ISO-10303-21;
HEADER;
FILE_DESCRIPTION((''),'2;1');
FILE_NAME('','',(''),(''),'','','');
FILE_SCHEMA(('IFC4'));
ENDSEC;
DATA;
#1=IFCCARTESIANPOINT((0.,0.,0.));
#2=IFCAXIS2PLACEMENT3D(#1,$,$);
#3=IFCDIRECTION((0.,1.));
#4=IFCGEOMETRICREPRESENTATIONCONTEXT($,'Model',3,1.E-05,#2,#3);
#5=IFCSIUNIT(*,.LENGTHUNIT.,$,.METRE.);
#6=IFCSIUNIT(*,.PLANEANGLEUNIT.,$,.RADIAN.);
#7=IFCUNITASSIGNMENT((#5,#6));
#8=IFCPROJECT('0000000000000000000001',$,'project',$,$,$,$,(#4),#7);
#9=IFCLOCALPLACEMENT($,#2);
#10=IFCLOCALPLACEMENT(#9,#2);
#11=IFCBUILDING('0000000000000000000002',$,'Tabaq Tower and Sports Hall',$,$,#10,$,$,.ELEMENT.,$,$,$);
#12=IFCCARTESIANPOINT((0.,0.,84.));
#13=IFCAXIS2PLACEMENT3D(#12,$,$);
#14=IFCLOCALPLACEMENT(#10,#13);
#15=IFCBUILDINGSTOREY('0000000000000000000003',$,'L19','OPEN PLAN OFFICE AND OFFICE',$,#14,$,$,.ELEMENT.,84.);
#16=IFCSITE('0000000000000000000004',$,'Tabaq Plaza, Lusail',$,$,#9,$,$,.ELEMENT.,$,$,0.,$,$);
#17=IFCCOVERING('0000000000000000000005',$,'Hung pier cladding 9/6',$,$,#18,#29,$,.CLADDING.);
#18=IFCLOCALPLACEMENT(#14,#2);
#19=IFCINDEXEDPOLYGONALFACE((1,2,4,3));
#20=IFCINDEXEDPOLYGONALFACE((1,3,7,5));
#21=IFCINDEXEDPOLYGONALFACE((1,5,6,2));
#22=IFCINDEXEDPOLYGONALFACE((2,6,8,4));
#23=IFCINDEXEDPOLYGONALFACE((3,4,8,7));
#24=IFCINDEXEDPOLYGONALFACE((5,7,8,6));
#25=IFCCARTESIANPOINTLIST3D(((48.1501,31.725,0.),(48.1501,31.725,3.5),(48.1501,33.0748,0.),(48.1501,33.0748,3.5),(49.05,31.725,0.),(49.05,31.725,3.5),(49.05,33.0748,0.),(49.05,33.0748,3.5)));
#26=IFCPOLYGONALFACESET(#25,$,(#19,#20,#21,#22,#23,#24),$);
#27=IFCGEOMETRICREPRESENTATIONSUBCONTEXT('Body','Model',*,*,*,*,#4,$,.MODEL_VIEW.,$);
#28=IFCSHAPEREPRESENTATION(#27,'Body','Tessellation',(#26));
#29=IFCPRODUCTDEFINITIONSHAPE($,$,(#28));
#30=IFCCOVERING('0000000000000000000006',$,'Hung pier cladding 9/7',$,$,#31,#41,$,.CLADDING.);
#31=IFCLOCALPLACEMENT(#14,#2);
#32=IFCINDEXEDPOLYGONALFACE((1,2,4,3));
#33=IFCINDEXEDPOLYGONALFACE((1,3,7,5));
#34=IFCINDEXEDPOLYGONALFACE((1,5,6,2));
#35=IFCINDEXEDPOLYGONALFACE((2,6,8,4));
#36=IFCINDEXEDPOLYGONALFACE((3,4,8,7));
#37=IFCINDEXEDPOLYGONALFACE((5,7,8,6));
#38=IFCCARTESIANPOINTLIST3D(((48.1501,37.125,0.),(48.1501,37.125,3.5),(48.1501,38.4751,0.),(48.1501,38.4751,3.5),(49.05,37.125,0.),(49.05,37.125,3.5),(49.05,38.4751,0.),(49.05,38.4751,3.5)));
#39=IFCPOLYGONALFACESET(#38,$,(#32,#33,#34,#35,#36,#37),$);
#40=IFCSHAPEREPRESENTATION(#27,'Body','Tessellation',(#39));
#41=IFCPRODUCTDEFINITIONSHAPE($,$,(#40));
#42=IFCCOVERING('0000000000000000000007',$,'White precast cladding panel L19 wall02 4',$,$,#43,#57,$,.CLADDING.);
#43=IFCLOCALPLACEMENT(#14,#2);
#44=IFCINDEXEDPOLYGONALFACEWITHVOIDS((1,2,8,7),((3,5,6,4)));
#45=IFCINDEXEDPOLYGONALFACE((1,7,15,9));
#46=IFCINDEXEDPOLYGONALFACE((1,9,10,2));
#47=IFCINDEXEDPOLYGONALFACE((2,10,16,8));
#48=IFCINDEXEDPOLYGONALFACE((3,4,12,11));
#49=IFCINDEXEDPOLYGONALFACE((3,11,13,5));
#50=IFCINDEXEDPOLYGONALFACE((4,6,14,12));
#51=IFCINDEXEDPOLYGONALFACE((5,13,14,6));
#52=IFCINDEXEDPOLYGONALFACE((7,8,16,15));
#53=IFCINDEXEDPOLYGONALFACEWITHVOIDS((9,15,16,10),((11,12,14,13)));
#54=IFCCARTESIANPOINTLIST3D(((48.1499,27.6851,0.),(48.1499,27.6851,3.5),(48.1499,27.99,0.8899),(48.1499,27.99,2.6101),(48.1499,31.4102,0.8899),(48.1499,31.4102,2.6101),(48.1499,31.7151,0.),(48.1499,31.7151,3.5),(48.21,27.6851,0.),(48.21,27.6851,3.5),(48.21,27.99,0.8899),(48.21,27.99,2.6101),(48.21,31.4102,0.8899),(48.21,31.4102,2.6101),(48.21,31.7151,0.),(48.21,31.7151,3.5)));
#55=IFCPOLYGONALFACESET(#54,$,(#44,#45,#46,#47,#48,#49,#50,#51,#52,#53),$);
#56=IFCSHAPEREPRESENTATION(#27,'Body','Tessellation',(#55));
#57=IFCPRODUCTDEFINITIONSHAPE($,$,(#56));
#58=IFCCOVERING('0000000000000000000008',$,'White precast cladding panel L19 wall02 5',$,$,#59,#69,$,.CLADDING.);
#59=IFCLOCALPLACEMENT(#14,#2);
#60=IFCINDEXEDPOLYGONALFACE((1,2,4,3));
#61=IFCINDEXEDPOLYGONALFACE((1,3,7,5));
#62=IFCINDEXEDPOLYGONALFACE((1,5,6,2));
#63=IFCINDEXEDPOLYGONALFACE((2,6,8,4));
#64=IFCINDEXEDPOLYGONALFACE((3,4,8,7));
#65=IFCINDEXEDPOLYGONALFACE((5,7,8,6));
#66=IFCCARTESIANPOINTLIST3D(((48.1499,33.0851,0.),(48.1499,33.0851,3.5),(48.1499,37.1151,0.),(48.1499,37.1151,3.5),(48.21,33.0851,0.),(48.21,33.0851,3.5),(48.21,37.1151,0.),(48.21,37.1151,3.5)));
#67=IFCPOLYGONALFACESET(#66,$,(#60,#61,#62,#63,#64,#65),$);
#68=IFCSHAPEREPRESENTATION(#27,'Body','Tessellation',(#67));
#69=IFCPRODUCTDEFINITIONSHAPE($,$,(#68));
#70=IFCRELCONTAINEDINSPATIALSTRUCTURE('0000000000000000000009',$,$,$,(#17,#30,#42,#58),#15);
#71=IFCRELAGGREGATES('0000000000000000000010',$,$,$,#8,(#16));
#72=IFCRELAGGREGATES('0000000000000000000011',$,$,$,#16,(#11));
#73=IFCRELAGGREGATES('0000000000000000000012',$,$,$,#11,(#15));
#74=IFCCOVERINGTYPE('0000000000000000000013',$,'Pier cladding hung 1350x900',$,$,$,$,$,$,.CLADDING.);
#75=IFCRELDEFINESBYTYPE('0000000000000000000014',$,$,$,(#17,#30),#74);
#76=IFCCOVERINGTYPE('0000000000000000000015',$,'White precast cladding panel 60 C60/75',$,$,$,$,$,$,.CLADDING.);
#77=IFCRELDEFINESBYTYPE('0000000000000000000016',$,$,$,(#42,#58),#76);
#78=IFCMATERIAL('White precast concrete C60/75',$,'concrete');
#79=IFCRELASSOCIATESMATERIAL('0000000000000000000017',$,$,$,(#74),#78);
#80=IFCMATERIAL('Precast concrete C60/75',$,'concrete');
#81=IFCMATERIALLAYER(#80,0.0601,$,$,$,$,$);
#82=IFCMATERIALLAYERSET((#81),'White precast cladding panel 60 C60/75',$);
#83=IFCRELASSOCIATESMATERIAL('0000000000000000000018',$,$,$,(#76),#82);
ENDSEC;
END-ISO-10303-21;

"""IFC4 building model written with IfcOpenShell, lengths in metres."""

from ifc_helpers import new_model, si_unit, direction, frame, frame_2d, origin, place, context, subcontext, project, spatial, polyline, rectangle, outline, extrude, material, layer, layer_set, type_object, element, save


model = new_model("IFC4")

# Units and contexts
model_context = context("Model", 3, precision=1e-05, world=origin(), true_north=direction((0.0, 1.0)))
body_context = subcontext(model_context, "Body", "Model", "MODEL_VIEW")
ifc_project = project(units=[si_unit("LENGTHUNIT", "METRE"), si_unit("PLANEANGLEUNIT", "RADIAN")], contexts=[model_context])

# Site, building, storey
site_placement = place(None, origin())
site = spatial("IfcSite", under=ifc_project, at=site_placement, Name="Tabaq Plaza, Lusail", CompositionType="ELEMENT", RefElevation=0.0)
building_placement = place(site_placement, origin())
building = spatial("IfcBuilding", under=site, at=building_placement, Name="Tabaq Tower and Sports Hall", CompositionType="ELEMENT")
storey_placement = place(building_placement, frame((0.0, 0.0, 84.0)))
storey = spatial("IfcBuildingStorey", under=building, at=storey_placement, Name="L19", Description="OPEN PLAN OFFICE AND OFFICE", CompositionType="ELEMENT", Elevation=84.0)

# Coverings
ifc_material_1 = material(Name="White precast concrete C60/75", Category="concrete")
covering_type_1 = type_object("IfcCoveringType", Name="Pier cladding hung 1350x900", PredefinedType="CLADDING", material=ifc_material_1)
covering_1_placement = place(storey_placement, frame((48.6001, 31.7251, 0.0), z_axis=(0.0, 0.0, 1.0), x_axis=(0.0, 1.0, 0.0)))
element("IfcCovering", 1, at=covering_1_placement, inside=storey, type_object=covering_type_1, Name="Hung pier cladding 9/6", PredefinedType="CLADDING", context=body_context, shape_type="SweptSolid", body=[
    extrude(rectangle(XDim=1.3499, YDim=0.8999, at=frame_2d((0.6748, 0.0))), origin(), (0.0, 0.0, 1.0), 3.5),
])
covering_2_placement = place(storey_placement, frame((48.6001, 37.125, 0.0), z_axis=(0.0, 0.0, 1.0), x_axis=(0.0, 1.0, 0.0)))
element("IfcCovering", 2, at=covering_2_placement, inside=storey, type_object=covering_type_1, Name="Hung pier cladding 9/7", PredefinedType="CLADDING", context=body_context, shape_type="SweptSolid", body=[
    extrude(rectangle(XDim=1.3501, YDim=0.8999, at=frame_2d((0.675, 0.0))), origin(), (0.0, 0.0, 1.0), 3.5),
])
ifc_material_2 = material(Name="Precast concrete C60/75", Category="concrete")
ifc_layer_1 = layer(ifc_material_2, 0.0601)
ifc_layer_set_1 = layer_set([ifc_layer_1], Name="White precast cladding panel 60 C60/75")
covering_type_2 = type_object("IfcCoveringType", Name="White precast cladding panel 60 C60/75", PredefinedType="CLADDING", material=ifc_layer_set_1)
covering_3_placement = place(storey_placement, frame((48.1799, 27.6851, 0.0), z_axis=(0.0, 0.0, 1.0), x_axis=(0.0, 1.0, 0.0)))
element("IfcCovering", 3, at=covering_3_placement, inside=storey, type_object=covering_type_2, Name="White precast cladding panel L19 wall02 4", PredefinedType="CLADDING", context=body_context, shape_type="SweptSolid", body=[
    extrude(outline(polyline([(0.0, 0.0), (4.03, 0.0), (4.03, 3.5), (0.0, 3.5), (0.0, 0.0)]), holes=[polyline([(0.3049, 0.8899), (0.3049, 2.6101), (3.7251, 2.6101), (3.7251, 0.8899), (0.3049, 0.8899)])]), frame((0.0, 0.03, 0.0), z_axis=(0.0, -1.0, 0.0), x_axis=(1.0, 0.0, 0.0)), (0.0, 0.0, 1.0), 0.0601),
])
covering_4_placement = place(storey_placement, frame((48.1799, 33.085, 0.0), z_axis=(0.0, 0.0, 1.0), x_axis=(0.0, 1.0, 0.0)))
element("IfcCovering", 4, at=covering_4_placement, inside=storey, type_object=covering_type_2, Name="White precast cladding panel L19 wall02 5", PredefinedType="CLADDING", context=body_context, shape_type="SweptSolid", body=[
    extrude(rectangle(XDim=4.03, YDim=0.0601, at=frame_2d((2.0151, 0.0))), origin(), (0.0, 0.0, 1.0), 3.5),
])

save(model, "model.ifc")
